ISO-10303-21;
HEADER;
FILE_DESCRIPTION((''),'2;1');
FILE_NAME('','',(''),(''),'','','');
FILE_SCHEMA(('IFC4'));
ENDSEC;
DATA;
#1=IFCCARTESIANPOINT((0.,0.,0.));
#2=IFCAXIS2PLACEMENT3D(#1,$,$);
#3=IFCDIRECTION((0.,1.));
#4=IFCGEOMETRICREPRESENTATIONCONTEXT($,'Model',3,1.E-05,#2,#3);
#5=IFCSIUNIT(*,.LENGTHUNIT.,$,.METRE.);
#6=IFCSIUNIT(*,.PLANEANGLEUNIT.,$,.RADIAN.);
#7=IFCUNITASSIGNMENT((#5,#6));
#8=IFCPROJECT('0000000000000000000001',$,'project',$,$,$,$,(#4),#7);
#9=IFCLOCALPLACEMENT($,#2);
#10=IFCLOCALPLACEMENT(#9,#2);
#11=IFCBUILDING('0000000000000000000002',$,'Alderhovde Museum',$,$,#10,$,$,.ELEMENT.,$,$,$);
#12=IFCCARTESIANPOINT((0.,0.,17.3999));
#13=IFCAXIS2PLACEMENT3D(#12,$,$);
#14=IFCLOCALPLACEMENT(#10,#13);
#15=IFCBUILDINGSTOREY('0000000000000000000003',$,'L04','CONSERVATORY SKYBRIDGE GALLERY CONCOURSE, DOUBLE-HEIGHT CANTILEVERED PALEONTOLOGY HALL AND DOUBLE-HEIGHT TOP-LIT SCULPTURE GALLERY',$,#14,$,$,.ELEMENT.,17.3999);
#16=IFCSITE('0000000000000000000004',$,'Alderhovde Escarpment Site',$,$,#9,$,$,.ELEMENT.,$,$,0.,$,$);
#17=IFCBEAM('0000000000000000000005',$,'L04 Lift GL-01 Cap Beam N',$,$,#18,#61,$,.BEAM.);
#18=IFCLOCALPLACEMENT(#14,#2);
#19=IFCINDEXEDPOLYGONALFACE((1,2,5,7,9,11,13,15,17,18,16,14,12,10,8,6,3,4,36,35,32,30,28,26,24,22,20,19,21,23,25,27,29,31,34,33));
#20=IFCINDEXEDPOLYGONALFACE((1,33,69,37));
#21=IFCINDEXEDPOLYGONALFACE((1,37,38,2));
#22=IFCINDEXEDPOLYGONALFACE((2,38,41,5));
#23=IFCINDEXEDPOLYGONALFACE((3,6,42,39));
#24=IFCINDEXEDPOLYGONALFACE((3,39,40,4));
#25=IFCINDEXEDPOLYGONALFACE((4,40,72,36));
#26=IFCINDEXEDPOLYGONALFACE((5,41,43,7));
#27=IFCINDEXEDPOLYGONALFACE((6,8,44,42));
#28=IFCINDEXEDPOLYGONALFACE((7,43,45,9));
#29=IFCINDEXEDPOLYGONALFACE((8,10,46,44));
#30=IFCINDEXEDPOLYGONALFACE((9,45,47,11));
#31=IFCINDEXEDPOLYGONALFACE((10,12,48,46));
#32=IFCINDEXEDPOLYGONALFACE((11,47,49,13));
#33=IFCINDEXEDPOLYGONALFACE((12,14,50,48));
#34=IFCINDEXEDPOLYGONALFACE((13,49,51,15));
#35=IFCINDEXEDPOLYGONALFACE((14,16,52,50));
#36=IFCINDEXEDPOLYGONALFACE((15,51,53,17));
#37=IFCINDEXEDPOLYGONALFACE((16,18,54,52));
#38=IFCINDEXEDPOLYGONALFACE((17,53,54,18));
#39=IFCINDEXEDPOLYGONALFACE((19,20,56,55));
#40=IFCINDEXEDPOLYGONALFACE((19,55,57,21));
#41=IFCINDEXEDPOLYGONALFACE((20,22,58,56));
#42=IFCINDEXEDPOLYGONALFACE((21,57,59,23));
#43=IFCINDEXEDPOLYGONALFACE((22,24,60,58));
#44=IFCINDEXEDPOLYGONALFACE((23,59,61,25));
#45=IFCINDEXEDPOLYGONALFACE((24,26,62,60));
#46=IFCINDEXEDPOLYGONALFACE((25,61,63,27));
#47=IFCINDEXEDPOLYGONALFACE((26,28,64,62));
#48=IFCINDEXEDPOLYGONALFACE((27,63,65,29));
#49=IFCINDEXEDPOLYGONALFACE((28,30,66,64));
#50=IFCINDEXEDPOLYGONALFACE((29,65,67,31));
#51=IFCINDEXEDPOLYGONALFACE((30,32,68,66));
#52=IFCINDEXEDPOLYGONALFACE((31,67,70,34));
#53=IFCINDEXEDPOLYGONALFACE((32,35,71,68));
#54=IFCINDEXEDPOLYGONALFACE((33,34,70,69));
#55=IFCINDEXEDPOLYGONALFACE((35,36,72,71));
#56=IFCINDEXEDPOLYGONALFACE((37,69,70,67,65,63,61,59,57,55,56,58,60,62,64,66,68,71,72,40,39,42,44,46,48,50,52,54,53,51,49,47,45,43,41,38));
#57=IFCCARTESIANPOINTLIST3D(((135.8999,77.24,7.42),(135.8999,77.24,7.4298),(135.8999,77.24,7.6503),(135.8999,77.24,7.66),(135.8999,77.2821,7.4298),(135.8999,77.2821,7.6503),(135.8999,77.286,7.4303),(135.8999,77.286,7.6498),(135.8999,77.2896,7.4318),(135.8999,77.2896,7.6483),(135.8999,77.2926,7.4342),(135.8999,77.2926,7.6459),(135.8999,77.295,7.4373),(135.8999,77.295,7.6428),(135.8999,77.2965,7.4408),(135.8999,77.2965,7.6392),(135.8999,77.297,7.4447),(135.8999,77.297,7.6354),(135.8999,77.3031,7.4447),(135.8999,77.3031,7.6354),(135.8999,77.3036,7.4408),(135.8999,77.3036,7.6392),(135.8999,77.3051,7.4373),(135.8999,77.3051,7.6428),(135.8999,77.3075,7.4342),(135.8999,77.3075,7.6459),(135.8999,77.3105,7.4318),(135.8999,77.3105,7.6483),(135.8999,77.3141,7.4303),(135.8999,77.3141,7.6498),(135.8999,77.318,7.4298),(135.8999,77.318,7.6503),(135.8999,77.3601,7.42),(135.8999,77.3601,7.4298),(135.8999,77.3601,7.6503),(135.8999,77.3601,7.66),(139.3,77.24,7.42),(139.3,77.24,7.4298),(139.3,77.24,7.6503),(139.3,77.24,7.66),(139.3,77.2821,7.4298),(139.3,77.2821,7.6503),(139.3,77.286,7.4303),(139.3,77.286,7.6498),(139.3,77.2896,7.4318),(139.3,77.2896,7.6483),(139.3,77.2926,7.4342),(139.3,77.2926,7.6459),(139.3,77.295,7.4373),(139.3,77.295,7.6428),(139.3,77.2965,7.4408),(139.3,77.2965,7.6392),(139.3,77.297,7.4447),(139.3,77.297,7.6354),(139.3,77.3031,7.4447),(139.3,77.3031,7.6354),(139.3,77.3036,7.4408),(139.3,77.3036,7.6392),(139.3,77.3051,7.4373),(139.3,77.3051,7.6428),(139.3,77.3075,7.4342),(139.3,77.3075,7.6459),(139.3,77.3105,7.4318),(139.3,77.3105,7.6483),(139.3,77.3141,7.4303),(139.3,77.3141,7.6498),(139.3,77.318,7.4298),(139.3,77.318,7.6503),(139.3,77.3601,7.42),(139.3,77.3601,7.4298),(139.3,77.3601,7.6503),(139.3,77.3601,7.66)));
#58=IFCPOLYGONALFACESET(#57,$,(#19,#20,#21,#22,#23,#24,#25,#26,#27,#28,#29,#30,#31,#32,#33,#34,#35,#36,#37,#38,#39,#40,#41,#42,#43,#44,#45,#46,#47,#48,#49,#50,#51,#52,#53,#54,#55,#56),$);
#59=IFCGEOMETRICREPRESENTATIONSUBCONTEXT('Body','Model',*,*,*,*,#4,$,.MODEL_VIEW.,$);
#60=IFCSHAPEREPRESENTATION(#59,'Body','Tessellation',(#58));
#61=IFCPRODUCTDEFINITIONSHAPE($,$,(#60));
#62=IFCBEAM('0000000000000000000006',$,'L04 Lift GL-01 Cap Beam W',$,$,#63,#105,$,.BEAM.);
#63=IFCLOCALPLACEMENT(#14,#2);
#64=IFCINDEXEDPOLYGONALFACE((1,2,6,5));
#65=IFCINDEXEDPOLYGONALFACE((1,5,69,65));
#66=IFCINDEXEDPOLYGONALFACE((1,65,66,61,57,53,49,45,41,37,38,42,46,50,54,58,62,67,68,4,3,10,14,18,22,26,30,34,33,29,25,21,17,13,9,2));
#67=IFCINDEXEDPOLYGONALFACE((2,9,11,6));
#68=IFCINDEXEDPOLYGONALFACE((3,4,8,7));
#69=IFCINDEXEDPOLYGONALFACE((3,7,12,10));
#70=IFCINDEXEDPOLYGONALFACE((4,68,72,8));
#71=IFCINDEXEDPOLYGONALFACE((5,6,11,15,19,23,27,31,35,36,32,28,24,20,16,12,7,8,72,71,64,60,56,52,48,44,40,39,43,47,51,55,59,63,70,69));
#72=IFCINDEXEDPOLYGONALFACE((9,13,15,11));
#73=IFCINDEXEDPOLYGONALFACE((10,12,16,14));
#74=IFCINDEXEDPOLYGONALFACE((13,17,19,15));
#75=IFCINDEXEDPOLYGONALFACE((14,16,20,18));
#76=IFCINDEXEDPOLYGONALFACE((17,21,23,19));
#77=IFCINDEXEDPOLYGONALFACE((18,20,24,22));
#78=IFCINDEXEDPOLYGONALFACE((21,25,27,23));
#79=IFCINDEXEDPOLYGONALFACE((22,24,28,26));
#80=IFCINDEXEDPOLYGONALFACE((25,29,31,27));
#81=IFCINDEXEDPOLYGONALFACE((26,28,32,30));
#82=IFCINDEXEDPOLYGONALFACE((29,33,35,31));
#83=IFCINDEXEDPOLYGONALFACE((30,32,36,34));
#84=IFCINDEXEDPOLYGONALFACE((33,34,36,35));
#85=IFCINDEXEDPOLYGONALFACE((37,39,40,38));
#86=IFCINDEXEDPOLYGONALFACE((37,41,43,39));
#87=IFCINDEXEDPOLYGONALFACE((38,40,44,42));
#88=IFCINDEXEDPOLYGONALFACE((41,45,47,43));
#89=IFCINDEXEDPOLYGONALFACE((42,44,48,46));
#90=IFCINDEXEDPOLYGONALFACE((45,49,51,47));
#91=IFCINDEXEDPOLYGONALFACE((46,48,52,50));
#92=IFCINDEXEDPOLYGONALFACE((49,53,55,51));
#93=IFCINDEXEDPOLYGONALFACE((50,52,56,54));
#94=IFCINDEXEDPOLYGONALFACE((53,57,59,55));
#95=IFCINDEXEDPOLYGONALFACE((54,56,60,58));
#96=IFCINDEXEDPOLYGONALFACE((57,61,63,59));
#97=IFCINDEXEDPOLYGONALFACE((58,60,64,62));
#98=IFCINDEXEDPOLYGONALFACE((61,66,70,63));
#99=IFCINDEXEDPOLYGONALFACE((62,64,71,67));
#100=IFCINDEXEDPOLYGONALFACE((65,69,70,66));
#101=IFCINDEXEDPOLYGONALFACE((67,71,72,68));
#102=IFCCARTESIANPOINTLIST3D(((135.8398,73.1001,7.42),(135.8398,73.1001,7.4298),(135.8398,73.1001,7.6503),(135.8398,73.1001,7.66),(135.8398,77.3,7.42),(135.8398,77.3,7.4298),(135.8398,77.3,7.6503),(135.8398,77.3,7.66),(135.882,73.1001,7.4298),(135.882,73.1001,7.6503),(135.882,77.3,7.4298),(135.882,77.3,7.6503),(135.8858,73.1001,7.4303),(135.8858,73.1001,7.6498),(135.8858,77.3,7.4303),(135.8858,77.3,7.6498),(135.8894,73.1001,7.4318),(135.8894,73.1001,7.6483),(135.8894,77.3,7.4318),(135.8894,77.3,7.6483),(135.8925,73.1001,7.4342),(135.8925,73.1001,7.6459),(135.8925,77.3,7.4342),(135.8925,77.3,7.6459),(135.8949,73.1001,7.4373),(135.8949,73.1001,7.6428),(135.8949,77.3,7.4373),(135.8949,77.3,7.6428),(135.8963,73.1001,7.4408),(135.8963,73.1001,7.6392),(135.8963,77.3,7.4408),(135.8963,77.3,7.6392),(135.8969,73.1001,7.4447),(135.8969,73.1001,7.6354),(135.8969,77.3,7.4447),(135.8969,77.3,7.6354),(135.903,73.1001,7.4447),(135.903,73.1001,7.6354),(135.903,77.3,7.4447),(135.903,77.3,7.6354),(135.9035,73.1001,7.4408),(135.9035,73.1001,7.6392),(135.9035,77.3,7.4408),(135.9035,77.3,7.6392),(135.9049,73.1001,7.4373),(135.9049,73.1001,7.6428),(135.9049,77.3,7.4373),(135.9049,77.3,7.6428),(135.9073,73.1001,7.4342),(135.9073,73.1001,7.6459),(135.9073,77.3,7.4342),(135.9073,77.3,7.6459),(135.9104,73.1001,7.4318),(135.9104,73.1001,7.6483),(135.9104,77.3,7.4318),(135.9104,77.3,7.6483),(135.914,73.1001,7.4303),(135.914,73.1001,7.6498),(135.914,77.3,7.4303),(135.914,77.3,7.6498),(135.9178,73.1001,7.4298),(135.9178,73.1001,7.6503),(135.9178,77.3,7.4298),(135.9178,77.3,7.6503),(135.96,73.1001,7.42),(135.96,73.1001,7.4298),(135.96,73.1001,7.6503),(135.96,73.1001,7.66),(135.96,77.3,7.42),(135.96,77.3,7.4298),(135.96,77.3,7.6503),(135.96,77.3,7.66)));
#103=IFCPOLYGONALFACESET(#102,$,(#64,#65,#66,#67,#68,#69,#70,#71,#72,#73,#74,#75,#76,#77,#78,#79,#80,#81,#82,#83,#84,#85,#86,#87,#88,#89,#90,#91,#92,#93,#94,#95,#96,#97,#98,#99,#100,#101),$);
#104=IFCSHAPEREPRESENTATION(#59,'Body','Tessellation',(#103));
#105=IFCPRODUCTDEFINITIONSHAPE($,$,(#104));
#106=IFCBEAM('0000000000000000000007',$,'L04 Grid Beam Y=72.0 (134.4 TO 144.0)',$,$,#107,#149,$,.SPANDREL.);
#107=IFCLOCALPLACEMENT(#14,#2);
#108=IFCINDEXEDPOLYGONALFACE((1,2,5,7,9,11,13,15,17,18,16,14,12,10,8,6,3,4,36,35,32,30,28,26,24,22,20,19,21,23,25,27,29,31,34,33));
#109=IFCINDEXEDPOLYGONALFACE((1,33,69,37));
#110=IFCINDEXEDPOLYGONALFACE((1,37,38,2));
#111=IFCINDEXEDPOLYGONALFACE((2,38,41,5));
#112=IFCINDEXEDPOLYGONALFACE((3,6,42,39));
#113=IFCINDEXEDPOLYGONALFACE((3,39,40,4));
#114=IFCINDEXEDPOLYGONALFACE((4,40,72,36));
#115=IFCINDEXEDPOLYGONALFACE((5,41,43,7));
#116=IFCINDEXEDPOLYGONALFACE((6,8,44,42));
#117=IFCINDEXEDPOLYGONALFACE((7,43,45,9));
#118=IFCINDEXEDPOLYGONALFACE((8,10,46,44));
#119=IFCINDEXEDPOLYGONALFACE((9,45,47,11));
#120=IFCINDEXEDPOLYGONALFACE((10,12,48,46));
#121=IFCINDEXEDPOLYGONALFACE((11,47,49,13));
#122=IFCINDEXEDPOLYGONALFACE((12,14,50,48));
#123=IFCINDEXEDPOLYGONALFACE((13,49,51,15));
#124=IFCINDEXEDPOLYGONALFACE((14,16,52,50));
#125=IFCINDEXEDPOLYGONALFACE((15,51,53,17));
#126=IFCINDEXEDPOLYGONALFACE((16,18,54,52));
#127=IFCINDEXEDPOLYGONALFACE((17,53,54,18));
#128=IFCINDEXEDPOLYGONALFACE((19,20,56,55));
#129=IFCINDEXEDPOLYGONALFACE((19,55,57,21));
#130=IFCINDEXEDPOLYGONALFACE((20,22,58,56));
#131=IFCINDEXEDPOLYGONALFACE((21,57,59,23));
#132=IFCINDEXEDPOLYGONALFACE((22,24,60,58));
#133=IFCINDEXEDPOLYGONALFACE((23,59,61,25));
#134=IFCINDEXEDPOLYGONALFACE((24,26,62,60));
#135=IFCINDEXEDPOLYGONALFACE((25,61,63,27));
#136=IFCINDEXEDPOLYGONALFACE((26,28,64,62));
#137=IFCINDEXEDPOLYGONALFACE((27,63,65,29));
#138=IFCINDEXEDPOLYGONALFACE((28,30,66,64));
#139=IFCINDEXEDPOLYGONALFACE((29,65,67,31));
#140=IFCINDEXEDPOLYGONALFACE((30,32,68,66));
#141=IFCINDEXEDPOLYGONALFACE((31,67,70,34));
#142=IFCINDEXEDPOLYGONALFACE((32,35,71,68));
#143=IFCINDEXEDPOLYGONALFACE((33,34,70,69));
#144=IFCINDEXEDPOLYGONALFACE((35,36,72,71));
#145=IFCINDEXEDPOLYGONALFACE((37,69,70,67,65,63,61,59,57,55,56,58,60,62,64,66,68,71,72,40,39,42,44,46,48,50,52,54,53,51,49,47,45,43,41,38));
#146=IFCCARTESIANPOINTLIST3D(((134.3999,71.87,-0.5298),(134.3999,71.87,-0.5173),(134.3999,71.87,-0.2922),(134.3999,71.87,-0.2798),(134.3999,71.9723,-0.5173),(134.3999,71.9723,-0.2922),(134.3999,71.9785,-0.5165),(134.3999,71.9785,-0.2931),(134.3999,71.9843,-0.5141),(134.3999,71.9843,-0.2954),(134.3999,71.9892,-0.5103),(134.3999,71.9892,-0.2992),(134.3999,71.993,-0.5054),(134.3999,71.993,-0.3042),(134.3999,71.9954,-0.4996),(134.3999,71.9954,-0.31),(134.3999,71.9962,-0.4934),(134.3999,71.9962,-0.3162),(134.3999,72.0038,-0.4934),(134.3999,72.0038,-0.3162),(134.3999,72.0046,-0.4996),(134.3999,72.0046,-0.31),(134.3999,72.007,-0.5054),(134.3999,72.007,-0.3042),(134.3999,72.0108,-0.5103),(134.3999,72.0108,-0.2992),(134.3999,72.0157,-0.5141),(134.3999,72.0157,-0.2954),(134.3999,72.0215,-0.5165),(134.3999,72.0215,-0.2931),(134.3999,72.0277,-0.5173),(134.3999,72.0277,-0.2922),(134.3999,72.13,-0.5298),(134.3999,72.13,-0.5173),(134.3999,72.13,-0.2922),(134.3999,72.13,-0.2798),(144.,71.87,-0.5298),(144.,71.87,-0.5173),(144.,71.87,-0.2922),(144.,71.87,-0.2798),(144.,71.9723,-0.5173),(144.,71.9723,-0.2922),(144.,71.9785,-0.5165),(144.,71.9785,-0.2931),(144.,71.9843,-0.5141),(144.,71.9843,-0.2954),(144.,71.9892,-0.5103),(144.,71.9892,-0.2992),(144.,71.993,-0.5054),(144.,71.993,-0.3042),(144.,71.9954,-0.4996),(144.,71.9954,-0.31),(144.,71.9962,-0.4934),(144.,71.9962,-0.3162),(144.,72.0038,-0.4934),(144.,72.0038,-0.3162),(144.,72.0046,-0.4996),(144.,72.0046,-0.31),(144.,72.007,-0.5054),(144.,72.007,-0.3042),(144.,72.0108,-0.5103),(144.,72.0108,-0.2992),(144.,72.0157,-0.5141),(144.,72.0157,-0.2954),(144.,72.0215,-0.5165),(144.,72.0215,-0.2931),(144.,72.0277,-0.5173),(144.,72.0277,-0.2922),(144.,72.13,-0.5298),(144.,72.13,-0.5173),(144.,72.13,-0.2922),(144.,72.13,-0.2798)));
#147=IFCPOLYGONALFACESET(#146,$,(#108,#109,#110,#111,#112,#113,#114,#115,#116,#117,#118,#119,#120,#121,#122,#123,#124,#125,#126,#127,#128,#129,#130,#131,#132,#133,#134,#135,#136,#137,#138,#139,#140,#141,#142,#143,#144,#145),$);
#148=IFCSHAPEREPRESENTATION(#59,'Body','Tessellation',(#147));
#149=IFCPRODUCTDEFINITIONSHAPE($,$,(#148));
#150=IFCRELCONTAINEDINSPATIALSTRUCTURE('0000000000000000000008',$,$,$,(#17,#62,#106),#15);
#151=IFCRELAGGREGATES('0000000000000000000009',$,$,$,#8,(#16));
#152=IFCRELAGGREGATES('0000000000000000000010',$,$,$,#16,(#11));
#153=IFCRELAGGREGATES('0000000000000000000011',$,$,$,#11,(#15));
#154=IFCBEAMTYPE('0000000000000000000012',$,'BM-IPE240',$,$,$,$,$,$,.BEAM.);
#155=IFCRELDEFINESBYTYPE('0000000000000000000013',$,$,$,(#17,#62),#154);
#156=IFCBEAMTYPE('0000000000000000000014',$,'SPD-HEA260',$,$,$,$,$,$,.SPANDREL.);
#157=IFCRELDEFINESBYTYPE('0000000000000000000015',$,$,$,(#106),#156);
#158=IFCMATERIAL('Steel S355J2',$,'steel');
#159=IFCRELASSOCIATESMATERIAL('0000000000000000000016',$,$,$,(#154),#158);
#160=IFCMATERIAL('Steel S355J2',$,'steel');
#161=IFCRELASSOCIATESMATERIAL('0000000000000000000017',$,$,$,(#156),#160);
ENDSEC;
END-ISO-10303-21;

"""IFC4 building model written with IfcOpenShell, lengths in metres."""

from ifc_helpers import new_model, si_unit, direction, frame, origin, origin_2d, place, context, subcontext, project, spatial, i_section, extrude, material, material_profile, profile_set, type_object, element, save


model = new_model("IFC4")

# Units and contexts
model_context = context("Model", 3, precision=1e-05, world=origin(), true_north=direction((0.0, 1.0)))
body_context = subcontext(model_context, "Body", "Model", "MODEL_VIEW")
ifc_project = project(units=[si_unit("LENGTHUNIT", "METRE"), si_unit("PLANEANGLEUNIT", "RADIAN")], contexts=[model_context])

# Site, building, storey
site_placement = place(None, origin())
site = spatial("IfcSite", under=ifc_project, at=site_placement, Name="Alderhovde Escarpment Site", CompositionType="ELEMENT", RefElevation=0.0)
building_placement = place(site_placement, origin())
building = spatial("IfcBuilding", under=site, at=building_placement, Name="Alderhovde Museum", CompositionType="ELEMENT")
storey_placement = place(building_placement, frame((0.0, 0.0, 17.3999)))
storey = spatial("IfcBuildingStorey", under=building, at=storey_placement, Name="L04", Description="CONSERVATORY SKYBRIDGE GALLERY CONCOURSE, DOUBLE-HEIGHT CANTILEVERED PALEONTOLOGY HALL AND DOUBLE-HEIGHT TOP-LIT SCULPTURE GALLERY", CompositionType="ELEMENT", Elevation=17.3999)

# Beams
ifc_material_1 = material(Name="Steel S355J2", Category="steel")
ifc_material_profile_1 = material_profile(ifc_material_1, i_section(OverallWidth=0.1201, OverallDepth=0.24, WebThickness=0.0061, FlangeThickness=0.0098, FilletRadius=0.0149, at=origin_2d()), Name="IPE 240")
ifc_profile_set_1 = profile_set([ifc_material_profile_1], Name="Steel S355J2")
beam_type_1 = type_object("IfcBeamType", Name="BM-IPE240", PredefinedType="BEAM", material=ifc_profile_set_1)
for number, where, z_axis, x_axis, name in (
    (1, (135.8999, 77.3, 7.54), (1.0, 0.0, 0.0), (0.0, 1.0, 0.0), "L04 Lift GL-01 Cap Beam N"),
):
    element("IfcBeam", number, at=place(storey_placement, frame(where, z_axis=z_axis, x_axis=x_axis)), inside=storey, type_object=beam_type_1, Name=name, PredefinedType="BEAM", context=body_context, shape_type="SweptSolid", body=[
        extrude(i_section(OverallWidth=0.1201, OverallDepth=0.24, WebThickness=0.0061, FlangeThickness=0.0098, FilletRadius=0.0149, at=origin_2d()), origin(), (0.0, 0.0, 1.0), 3.4001),
    ])
beam_1_placement = place(storey_placement, frame((135.8999, 73.1001, 7.54), z_axis=(0.0, 1.0, 0.0), x_axis=(-1.0, 0.0, 0.0)))
element("IfcBeam", 2, at=beam_1_placement, inside=storey, type_object=beam_type_1, Name="L04 Lift GL-01 Cap Beam W", PredefinedType="BEAM", context=body_context, shape_type="SweptSolid", body=[
    extrude(i_section(OverallWidth=0.1201, OverallDepth=0.24, WebThickness=0.0061, FlangeThickness=0.0098, FilletRadius=0.0149, at=origin_2d()), origin(), (0.0, 0.0, 1.0), 4.2),
])
ifc_material_2 = material(Name="Steel S355J2", Category="steel")
ifc_material_profile_2 = material_profile(ifc_material_2, i_section(OverallWidth=0.26, OverallDepth=0.25, WebThickness=0.0076, FlangeThickness=0.0125, FilletRadius=0.0239, at=origin_2d()), Name="HEA 260")
ifc_profile_set_2 = profile_set([ifc_material_profile_2], Name="Steel S355J2")
beam_type_2 = type_object("IfcBeamType", Name="SPD-HEA260", PredefinedType="SPANDREL", material=ifc_profile_set_2)
beam_2_placement = place(storey_placement, frame((134.3999, 72.0, -0.4048), z_axis=(1.0, 0.0, 0.0), x_axis=(0.0, 1.0, 0.0)))
element("IfcBeam", 3, at=beam_2_placement, inside=storey, type_object=beam_type_2, Name="L04 Grid Beam Y=72.0 (134.4 TO 144.0)", PredefinedType="SPANDREL", context=body_context, shape_type="SweptSolid", body=[
    extrude(i_section(OverallWidth=0.26, OverallDepth=0.25, WebThickness=0.0076, FlangeThickness=0.0125, FilletRadius=0.0239, at=origin_2d()), origin(), (0.0, 0.0, 1.0), 9.6001),
])

save(model, "model.ifc")
